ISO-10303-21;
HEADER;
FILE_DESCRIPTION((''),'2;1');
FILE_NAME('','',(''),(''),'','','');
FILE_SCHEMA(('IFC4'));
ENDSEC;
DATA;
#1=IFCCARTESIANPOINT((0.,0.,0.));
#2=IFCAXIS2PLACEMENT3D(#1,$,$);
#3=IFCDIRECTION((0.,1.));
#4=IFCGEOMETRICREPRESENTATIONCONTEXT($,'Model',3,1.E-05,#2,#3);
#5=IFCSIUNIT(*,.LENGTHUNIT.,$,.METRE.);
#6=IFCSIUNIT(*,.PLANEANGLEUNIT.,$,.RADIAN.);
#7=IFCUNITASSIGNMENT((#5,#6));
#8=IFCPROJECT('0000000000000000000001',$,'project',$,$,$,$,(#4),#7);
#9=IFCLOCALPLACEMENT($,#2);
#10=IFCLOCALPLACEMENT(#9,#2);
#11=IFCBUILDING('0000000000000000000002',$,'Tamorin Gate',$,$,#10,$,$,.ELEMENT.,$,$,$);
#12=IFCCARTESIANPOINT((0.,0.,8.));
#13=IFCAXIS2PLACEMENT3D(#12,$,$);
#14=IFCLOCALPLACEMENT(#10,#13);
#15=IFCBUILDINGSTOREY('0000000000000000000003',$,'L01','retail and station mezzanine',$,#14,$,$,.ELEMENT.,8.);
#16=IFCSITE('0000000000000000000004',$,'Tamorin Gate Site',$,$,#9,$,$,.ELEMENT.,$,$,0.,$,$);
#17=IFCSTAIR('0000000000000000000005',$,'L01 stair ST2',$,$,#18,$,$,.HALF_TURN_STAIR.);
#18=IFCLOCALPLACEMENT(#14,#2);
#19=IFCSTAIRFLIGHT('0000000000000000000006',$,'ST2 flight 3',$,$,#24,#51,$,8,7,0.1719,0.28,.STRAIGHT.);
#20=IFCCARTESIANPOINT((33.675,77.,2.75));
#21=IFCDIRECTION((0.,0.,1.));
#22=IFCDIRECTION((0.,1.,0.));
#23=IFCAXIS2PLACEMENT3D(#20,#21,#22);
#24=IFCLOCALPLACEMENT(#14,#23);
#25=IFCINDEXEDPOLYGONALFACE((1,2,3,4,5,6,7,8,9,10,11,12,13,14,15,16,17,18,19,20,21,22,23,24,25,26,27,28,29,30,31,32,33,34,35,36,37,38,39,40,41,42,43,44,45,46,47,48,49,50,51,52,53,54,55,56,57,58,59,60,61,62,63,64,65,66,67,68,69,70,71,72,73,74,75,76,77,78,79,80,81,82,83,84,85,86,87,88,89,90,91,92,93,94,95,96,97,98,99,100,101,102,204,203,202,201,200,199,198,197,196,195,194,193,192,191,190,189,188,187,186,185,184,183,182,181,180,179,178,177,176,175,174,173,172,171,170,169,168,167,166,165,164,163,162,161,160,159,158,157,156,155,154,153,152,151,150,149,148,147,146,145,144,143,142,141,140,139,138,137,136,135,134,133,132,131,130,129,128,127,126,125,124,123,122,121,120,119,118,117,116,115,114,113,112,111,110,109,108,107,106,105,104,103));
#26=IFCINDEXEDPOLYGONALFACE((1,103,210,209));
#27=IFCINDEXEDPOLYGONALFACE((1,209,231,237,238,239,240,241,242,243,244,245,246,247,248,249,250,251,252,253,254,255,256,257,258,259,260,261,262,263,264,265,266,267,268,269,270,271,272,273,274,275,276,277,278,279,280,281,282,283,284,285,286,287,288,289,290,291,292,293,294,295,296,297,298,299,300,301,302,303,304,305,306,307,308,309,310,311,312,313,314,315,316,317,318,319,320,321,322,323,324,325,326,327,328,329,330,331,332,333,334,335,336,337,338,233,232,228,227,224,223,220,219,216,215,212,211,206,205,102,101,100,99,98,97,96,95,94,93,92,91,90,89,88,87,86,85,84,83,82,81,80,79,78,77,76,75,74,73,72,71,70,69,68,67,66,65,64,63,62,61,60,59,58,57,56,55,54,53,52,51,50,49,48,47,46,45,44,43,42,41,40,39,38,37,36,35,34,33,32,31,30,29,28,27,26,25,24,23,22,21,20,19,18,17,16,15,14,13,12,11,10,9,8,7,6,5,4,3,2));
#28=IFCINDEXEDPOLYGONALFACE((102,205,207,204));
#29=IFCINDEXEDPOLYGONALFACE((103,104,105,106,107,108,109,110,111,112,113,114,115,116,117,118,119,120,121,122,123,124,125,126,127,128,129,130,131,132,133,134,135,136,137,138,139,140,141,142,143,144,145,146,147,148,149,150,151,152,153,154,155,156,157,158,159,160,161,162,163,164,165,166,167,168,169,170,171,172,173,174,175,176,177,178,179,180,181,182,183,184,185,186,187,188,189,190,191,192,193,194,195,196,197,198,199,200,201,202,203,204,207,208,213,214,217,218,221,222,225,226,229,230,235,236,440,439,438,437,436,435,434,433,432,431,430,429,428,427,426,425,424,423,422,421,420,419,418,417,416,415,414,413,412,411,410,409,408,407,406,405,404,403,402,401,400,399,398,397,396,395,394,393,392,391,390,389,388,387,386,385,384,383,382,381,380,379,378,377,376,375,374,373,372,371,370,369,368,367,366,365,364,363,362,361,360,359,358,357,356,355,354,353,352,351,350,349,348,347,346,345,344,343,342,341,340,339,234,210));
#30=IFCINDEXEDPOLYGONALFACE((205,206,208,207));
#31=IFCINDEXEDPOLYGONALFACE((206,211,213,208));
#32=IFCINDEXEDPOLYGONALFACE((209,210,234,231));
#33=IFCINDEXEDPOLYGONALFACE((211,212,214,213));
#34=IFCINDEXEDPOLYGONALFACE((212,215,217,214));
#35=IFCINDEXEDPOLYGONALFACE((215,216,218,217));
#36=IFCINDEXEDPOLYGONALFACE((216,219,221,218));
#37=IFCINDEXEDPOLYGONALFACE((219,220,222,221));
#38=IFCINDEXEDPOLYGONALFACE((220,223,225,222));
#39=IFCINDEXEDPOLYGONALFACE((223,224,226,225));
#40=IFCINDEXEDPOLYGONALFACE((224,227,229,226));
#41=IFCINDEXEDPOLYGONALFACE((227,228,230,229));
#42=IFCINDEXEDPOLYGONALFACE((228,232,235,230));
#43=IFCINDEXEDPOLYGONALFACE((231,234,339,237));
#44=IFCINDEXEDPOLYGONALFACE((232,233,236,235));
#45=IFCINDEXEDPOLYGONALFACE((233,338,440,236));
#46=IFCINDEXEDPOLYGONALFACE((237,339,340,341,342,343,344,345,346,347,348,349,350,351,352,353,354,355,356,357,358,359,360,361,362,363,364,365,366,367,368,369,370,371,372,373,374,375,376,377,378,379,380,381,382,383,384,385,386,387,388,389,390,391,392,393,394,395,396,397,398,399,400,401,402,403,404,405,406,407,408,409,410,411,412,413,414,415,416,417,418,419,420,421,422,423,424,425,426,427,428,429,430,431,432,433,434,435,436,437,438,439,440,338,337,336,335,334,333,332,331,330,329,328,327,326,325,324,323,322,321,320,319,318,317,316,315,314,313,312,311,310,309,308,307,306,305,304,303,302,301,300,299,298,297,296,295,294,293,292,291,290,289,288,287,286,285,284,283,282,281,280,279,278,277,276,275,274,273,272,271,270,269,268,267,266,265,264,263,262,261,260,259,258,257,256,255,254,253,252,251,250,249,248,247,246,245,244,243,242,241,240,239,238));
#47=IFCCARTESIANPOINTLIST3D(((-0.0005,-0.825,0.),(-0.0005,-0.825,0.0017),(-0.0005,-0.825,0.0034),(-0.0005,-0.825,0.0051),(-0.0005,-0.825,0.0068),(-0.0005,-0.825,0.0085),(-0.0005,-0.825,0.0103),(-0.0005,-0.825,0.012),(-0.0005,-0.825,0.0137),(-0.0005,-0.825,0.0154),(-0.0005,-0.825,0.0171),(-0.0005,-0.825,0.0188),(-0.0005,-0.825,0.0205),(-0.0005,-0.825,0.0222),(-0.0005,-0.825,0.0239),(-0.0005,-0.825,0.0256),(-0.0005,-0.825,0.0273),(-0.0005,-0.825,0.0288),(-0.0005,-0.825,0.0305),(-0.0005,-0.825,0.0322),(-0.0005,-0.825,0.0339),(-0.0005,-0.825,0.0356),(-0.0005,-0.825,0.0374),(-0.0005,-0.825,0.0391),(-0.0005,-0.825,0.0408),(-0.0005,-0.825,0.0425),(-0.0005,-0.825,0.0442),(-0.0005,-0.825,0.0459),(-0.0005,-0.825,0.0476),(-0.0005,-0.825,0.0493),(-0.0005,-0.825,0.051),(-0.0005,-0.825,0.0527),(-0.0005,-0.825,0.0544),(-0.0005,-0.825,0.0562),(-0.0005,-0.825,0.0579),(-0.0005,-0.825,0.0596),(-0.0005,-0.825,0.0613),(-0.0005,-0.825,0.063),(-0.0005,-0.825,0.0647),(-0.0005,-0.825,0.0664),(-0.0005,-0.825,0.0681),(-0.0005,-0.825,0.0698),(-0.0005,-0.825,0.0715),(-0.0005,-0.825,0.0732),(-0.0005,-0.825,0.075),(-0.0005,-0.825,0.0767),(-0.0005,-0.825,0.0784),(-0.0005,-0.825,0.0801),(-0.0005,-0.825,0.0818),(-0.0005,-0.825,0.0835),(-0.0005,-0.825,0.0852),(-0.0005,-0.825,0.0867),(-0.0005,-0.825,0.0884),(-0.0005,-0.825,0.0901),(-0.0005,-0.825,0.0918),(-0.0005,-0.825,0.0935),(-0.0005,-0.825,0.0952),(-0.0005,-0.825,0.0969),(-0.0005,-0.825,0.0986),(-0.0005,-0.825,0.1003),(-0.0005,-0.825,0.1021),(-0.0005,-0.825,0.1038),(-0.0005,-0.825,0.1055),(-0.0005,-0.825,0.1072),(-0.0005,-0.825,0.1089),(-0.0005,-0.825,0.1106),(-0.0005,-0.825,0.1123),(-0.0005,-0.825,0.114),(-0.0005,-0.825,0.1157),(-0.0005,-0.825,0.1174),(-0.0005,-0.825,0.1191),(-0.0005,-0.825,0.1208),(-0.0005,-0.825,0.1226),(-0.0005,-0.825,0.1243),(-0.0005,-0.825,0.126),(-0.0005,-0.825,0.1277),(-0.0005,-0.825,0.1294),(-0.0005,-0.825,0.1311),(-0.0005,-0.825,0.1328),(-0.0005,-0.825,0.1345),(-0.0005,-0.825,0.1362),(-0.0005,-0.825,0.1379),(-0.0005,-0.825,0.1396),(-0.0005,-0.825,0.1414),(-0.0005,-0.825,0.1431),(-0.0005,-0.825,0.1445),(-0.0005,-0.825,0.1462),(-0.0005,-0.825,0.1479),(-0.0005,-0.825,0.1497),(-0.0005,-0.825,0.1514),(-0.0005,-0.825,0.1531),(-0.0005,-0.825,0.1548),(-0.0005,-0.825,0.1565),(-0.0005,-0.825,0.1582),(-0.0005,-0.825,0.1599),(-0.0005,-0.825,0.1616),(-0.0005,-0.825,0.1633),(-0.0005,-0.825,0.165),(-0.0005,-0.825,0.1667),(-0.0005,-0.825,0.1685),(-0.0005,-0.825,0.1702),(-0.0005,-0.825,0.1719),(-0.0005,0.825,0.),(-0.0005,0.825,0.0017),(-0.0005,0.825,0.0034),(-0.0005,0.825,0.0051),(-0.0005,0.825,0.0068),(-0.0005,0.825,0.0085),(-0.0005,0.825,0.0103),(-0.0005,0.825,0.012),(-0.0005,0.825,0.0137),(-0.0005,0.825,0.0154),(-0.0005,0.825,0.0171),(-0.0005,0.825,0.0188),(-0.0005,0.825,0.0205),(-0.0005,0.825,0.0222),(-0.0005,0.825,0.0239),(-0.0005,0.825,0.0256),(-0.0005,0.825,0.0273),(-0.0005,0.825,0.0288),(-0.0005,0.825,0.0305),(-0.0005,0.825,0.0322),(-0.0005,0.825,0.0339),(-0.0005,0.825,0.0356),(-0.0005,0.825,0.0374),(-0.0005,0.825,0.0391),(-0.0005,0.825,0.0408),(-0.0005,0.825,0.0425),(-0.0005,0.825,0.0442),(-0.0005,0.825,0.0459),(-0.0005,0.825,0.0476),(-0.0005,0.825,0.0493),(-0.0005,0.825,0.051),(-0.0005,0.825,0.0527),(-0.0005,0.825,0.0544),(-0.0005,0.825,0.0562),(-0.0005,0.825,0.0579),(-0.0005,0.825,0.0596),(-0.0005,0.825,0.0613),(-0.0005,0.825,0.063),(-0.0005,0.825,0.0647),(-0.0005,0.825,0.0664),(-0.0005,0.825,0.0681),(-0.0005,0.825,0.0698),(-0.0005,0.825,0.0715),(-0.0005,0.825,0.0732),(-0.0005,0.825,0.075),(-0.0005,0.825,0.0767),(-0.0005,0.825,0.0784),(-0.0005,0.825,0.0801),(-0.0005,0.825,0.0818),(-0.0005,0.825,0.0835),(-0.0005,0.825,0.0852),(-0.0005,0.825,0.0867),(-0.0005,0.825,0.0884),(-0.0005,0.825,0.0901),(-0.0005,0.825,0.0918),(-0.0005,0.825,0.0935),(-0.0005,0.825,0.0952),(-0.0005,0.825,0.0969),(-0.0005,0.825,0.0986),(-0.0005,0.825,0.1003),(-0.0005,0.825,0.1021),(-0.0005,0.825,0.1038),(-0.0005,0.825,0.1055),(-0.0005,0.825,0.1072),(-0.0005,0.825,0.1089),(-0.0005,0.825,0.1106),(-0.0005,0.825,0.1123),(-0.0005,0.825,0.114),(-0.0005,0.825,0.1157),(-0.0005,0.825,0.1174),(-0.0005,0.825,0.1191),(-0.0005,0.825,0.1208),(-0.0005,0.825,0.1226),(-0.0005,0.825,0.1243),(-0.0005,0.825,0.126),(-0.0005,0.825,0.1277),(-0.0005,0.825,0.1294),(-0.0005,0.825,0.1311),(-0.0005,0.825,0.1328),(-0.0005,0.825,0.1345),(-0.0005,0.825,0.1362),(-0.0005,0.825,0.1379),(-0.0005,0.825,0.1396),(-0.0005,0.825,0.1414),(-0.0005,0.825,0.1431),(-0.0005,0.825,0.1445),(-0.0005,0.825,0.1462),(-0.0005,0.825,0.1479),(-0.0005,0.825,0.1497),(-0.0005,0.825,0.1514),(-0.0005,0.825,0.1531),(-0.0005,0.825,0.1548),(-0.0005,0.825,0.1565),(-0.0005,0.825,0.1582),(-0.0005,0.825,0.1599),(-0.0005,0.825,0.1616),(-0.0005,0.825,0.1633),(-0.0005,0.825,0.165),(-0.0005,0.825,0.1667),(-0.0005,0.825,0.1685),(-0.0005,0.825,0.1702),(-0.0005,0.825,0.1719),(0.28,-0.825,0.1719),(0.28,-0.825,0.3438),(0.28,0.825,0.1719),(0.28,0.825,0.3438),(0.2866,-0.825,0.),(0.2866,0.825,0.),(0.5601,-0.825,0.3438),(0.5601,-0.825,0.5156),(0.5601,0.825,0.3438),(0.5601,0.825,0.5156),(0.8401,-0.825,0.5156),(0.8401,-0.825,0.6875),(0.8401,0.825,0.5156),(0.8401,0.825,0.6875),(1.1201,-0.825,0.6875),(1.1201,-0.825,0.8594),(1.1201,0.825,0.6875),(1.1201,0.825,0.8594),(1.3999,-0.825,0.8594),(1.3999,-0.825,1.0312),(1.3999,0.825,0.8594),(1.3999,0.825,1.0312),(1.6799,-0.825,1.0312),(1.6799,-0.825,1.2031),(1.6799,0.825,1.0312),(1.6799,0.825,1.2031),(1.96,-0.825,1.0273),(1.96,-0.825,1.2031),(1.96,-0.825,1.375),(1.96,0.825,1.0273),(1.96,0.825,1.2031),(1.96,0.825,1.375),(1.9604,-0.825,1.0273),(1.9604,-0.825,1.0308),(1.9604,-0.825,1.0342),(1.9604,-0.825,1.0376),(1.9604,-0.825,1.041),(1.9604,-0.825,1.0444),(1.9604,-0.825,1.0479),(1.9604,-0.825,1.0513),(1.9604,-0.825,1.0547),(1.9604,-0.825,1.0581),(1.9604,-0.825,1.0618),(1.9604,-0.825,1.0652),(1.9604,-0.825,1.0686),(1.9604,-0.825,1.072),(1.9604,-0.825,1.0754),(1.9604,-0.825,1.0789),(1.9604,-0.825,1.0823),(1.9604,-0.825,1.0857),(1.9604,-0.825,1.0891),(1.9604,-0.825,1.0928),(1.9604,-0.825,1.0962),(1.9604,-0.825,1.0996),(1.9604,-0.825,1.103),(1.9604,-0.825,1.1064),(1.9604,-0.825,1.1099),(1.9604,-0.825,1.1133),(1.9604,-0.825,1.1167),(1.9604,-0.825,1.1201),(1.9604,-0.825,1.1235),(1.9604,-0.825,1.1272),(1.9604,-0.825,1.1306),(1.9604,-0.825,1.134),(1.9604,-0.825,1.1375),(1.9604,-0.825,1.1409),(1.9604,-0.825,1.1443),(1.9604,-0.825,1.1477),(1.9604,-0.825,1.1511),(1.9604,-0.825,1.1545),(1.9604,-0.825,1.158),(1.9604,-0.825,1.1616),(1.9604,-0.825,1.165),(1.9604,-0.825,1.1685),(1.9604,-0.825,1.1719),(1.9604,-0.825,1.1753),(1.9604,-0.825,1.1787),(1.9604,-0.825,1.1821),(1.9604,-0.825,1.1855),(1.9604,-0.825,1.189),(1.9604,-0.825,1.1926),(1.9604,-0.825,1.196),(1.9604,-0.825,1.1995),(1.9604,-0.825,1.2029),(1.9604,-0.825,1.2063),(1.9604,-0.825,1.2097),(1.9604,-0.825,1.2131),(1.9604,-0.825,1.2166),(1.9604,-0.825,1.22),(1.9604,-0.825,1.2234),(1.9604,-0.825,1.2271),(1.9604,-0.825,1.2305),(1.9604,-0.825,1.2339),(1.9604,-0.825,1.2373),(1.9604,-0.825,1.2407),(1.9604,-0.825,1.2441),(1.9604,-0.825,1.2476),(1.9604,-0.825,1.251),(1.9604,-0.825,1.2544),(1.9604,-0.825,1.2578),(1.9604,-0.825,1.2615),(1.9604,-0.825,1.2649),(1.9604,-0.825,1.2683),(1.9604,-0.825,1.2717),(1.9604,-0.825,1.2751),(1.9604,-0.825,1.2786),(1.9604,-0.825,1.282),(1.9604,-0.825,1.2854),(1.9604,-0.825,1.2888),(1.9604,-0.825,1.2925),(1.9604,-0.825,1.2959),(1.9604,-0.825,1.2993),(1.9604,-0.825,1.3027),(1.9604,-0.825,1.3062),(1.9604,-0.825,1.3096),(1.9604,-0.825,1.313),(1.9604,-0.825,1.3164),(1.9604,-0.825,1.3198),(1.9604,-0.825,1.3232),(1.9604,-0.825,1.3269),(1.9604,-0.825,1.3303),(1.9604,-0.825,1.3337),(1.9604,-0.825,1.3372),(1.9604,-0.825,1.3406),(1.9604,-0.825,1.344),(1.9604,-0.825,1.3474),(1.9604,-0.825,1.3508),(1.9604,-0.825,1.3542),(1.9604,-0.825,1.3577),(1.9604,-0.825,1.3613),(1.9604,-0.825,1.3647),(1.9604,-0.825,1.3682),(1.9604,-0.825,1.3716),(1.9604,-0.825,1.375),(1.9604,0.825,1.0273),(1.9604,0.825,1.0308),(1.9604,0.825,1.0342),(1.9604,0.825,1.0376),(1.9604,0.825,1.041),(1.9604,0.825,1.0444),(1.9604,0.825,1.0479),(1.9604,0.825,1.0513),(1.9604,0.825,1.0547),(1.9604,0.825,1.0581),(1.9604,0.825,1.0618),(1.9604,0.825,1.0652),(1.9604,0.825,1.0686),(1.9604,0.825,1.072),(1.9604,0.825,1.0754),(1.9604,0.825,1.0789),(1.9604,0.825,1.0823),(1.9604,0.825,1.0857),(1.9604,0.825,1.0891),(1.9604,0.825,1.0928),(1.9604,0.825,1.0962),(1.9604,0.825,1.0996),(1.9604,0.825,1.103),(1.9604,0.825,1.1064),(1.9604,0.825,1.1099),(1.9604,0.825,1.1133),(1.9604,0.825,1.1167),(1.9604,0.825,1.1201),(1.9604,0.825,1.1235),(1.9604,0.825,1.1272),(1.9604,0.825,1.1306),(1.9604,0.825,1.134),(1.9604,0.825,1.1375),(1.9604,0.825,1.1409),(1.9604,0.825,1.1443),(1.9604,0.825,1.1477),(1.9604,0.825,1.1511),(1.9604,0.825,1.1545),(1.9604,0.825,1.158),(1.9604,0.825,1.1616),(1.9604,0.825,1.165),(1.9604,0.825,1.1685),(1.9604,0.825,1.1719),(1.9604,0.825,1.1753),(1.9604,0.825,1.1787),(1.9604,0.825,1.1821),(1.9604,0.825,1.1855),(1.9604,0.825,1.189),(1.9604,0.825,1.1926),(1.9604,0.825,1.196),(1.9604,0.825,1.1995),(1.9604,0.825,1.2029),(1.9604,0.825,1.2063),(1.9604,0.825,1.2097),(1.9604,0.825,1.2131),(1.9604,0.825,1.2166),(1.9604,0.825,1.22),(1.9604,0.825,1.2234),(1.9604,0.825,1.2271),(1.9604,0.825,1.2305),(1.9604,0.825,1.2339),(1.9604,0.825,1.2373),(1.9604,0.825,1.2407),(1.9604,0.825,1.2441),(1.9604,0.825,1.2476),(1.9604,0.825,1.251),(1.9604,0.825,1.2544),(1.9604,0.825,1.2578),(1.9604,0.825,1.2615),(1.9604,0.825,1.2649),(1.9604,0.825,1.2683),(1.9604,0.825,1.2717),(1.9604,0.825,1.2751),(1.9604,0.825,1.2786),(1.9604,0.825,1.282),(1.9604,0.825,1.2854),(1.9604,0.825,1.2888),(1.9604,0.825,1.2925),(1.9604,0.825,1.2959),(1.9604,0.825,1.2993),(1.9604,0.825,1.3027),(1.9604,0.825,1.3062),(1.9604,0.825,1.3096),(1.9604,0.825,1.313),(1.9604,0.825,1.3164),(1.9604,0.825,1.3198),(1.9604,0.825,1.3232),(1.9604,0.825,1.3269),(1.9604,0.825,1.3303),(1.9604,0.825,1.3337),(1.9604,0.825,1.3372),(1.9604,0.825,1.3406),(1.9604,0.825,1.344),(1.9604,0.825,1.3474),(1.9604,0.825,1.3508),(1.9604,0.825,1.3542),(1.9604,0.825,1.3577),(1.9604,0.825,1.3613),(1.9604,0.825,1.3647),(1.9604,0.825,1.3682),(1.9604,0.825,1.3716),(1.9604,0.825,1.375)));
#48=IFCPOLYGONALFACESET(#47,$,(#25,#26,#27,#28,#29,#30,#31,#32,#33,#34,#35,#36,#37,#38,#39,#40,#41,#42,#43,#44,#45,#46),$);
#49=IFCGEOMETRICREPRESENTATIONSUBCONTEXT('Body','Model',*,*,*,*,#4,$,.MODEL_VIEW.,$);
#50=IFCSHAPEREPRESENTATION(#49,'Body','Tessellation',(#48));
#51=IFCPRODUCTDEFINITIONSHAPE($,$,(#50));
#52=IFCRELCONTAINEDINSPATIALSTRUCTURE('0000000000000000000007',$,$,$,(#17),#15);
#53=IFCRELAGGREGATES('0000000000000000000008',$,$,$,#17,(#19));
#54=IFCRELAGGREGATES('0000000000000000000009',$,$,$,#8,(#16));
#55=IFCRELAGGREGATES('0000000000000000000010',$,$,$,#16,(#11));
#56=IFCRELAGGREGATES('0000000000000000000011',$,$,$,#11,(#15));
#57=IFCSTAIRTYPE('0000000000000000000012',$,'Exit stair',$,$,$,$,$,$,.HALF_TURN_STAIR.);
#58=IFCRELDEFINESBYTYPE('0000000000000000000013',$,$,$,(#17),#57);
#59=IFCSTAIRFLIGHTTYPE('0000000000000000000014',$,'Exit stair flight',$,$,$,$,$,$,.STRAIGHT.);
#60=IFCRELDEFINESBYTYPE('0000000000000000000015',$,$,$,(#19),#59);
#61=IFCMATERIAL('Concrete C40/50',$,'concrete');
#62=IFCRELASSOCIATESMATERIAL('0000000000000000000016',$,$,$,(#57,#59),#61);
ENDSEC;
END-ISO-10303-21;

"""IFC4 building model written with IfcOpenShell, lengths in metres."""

from ifc_helpers import new_model, si_unit, direction, frame, origin, place, context, subcontext, project, spatial, polyline, outline, extrude, material, type_object, element, aggregate, save


model = new_model("IFC4")

# Units and contexts
model_context = context("Model", 3, precision=1e-05, world=origin(), true_north=direction((0.0, 1.0)))
body_context = subcontext(model_context, "Body", "Model", "MODEL_VIEW")
ifc_project = project(units=[si_unit("LENGTHUNIT", "METRE"), si_unit("PLANEANGLEUNIT", "RADIAN")], contexts=[model_context])

# Site, building, storey
site_placement = place(None, origin())
site = spatial("IfcSite", under=ifc_project, at=site_placement, Name="Tamorin Gate Site", CompositionType="ELEMENT", RefElevation=0.0)
building_placement = place(site_placement, origin())
building = spatial("IfcBuilding", under=site, at=building_placement, Name="Tamorin Gate", CompositionType="ELEMENT")
storey_placement = place(building_placement, frame((0.0, 0.0, 8.0)))
storey = spatial("IfcBuildingStorey", under=building, at=storey_placement, Name="L01", Description="retail and station mezzanine", CompositionType="ELEMENT", Elevation=8.0)

# Stair, stair flight
ifc_material_1 = material(Name="Concrete C40/50", Category="concrete")
stair_type = type_object("IfcStairType", Name="Exit stair", PredefinedType="HALF_TURN_STAIR", material=ifc_material_1)
stair_placement = place(storey_placement, origin())
stair = element("IfcStair", 1, at=stair_placement, inside=storey, type_object=stair_type, Name="L01 stair ST2", PredefinedType="HALF_TURN_STAIR")
stair_flight_type = type_object("IfcStairFlightType", Name="Exit stair flight", PredefinedType="STRAIGHT", material=ifc_material_1)
stair_flight_1_placement = place(storey_placement, frame((33.675, 77.0, 2.75), z_axis=(0.0, 0.0, 1.0), x_axis=(0.0, 1.0, 0.0)))
stair_flight_1 = element("IfcStairFlight", 2, at=stair_flight_1_placement, type_object=stair_flight_type, Name="ST2 flight 3", NumberOfRisers=8, NumberOfTreads=7, PredefinedType="STRAIGHT", RiserHeight=0.1719, TreadLength=0.28, context=body_context, shape_type="SweptSolid", body=[
    extrude(outline(polyline([(-0.0005, 0.0), (-0.0005, 0.0017), (-0.0005, 0.0034), (-0.0005, 0.0051), (-0.0005, 0.0068), (-0.0005, 0.0085), (-0.0005, 0.0103), (-0.0005, 0.012), (-0.0005, 0.0137), (-0.0005, 0.0154), (-0.0005, 0.0171), (-0.0005, 0.0188), (-0.0005, 0.0205), (-0.0005, 0.0222), (-0.0005, 0.0239), (-0.0005, 0.0256), (-0.0005, 0.0273), (-0.0005, 0.0288), (-0.0005, 0.0305), (-0.0005, 0.0322), (-0.0005, 0.0339), (-0.0005, 0.0356), (-0.0005, 0.0374), (-0.0005, 0.0391), (-0.0005, 0.0408), (-0.0005, 0.0425), (-0.0005, 0.0442), (-0.0005, 0.0459), (-0.0005, 0.0476), (-0.0005, 0.0493), (-0.0005, 0.051), (-0.0005, 0.0527), (-0.0005, 0.0544), (-0.0005, 0.0562), (-0.0005, 0.0579), (-0.0005, 0.0596), (-0.0005, 0.0613), (-0.0005, 0.063), (-0.0005, 0.0647), (-0.0005, 0.0664), (-0.0005, 0.0681), (-0.0005, 0.0698), (-0.0005, 0.0715), (-0.0005, 0.0732), (-0.0005, 0.075), (-0.0005, 0.0767), (-0.0005, 0.0784), (-0.0005, 0.0801), (-0.0005, 0.0818), (-0.0005, 0.0835), (-0.0005, 0.0852), (-0.0005, 0.0867), (-0.0005, 0.0884), (-0.0005, 0.0901), (-0.0005, 0.0918), (-0.0005, 0.0935), (-0.0005, 0.0952), (-0.0005, 0.0969), (-0.0005, 0.0986), (-0.0005, 0.1003), (-0.0005, 0.1021), (-0.0005, 0.1038), (-0.0005, 0.1055), (-0.0005, 0.1072), (-0.0005, 0.1089), (-0.0005, 0.1106), (-0.0005, 0.1123), (-0.0005, 0.114), (-0.0005, 0.1157), (-0.0005, 0.1174), (-0.0005, 0.1191), (-0.0005, 0.1208), (-0.0005, 0.1226), (-0.0005, 0.1243), (-0.0005, 0.126), (-0.0005, 0.1277), (-0.0005, 0.1294), (-0.0005, 0.1311), (-0.0005, 0.1328), (-0.0005, 0.1345), (-0.0005, 0.1362), (-0.0005, 0.1379), (-0.0005, 0.1396), (-0.0005, 0.1414), (-0.0005, 0.1431), (-0.0005, 0.1445), (-0.0005, 0.1462), (-0.0005, 0.1479), (-0.0005, 0.1497), (-0.0005, 0.1514), (-0.0005, 0.1531), (-0.0005, 0.1548), (-0.0005, 0.1565), (-0.0005, 0.1582), (-0.0005, 0.1599), (-0.0005, 0.1616), (-0.0005, 0.1633), (-0.0005, 0.165), (-0.0005, 0.1667), (-0.0005, 0.1685), (-0.0005, 0.1702), (-0.0005, 0.1719), (0.28, 0.1719), (0.28, 0.3438), (0.5601, 0.3438), (0.5601, 0.5156), (0.8401, 0.5156), (0.8401, 0.6875), (1.1201, 0.6875), (1.1201, 0.8594), (1.3999, 0.8594), (1.3999, 1.0312), (1.6799, 1.0312), (1.6799, 1.2031), (1.96, 1.2031), (1.96, 1.375), (1.9604, 1.375), (1.9604, 1.3716), (1.9604, 1.3682), (1.9604, 1.3647), (1.9604, 1.3613), (1.9604, 1.3577), (1.9604, 1.3542), (1.9604, 1.3508), (1.9604, 1.3474), (1.9604, 1.344), (1.9604, 1.3406), (1.9604, 1.3372), (1.9604, 1.3337), (1.9604, 1.3303), (1.9604, 1.3269), (1.9604, 1.3232), (1.9604, 1.3198), (1.9604, 1.3164), (1.9604, 1.313), (1.9604, 1.3096), (1.9604, 1.3062), (1.9604, 1.3027), (1.9604, 1.2993), (1.9604, 1.2959), (1.9604, 1.2925), (1.9604, 1.2888), (1.9604, 1.2854), (1.9604, 1.282), (1.9604, 1.2786), (1.9604, 1.2751), (1.9604, 1.2717), (1.9604, 1.2683), (1.9604, 1.2649), (1.9604, 1.2615), (1.9604, 1.2578), (1.9604, 1.2544), (1.9604, 1.251), (1.9604, 1.2476), (1.9604, 1.2441), (1.9604, 1.2407), (1.9604, 1.2373), (1.9604, 1.2339), (1.9604, 1.2305), (1.9604, 1.2271), (1.9604, 1.2234), (1.9604, 1.22), (1.9604, 1.2166), (1.9604, 1.2131), (1.9604, 1.2097), (1.9604, 1.2063), (1.9604, 1.2029), (1.9604, 1.1995), (1.9604, 1.196), (1.9604, 1.1926), (1.9604, 1.189), (1.9604, 1.1855), (1.9604, 1.1821), (1.9604, 1.1787), (1.9604, 1.1753), (1.9604, 1.1719), (1.9604, 1.1685), (1.9604, 1.165), (1.9604, 1.1616), (1.9604, 1.158), (1.9604, 1.1545), (1.9604, 1.1511), (1.9604, 1.1477), (1.9604, 1.1443), (1.9604, 1.1409), (1.9604, 1.1375), (1.9604, 1.134), (1.9604, 1.1306), (1.9604, 1.1272), (1.9604, 1.1235), (1.9604, 1.1201), (1.9604, 1.1167), (1.9604, 1.1133), (1.9604, 1.1099), (1.9604, 1.1064), (1.9604, 1.103), (1.9604, 1.0996), (1.9604, 1.0962), (1.9604, 1.0928), (1.9604, 1.0891), (1.9604, 1.0857), (1.9604, 1.0823), (1.9604, 1.0789), (1.9604, 1.0754), (1.9604, 1.072), (1.9604, 1.0686), (1.9604, 1.0652), (1.9604, 1.0618), (1.9604, 1.0581), (1.9604, 1.0547), (1.9604, 1.0513), (1.9604, 1.0479), (1.9604, 1.0444), (1.9604, 1.041), (1.9604, 1.0376), (1.9604, 1.0342), (1.9604, 1.0308), (1.9604, 1.0273), (1.96, 1.0273), (0.2866, 0.0), (-0.0005, 0.0)])), frame((0.0, 0.825, 0.0), z_axis=(0.0, -1.0, 0.0), x_axis=(1.0, 0.0, 0.0)), (0.0, 0.0, 1.0), 1.6499),
])
aggregate(stair, [stair_flight_1])

save(model, "model.ifc")
